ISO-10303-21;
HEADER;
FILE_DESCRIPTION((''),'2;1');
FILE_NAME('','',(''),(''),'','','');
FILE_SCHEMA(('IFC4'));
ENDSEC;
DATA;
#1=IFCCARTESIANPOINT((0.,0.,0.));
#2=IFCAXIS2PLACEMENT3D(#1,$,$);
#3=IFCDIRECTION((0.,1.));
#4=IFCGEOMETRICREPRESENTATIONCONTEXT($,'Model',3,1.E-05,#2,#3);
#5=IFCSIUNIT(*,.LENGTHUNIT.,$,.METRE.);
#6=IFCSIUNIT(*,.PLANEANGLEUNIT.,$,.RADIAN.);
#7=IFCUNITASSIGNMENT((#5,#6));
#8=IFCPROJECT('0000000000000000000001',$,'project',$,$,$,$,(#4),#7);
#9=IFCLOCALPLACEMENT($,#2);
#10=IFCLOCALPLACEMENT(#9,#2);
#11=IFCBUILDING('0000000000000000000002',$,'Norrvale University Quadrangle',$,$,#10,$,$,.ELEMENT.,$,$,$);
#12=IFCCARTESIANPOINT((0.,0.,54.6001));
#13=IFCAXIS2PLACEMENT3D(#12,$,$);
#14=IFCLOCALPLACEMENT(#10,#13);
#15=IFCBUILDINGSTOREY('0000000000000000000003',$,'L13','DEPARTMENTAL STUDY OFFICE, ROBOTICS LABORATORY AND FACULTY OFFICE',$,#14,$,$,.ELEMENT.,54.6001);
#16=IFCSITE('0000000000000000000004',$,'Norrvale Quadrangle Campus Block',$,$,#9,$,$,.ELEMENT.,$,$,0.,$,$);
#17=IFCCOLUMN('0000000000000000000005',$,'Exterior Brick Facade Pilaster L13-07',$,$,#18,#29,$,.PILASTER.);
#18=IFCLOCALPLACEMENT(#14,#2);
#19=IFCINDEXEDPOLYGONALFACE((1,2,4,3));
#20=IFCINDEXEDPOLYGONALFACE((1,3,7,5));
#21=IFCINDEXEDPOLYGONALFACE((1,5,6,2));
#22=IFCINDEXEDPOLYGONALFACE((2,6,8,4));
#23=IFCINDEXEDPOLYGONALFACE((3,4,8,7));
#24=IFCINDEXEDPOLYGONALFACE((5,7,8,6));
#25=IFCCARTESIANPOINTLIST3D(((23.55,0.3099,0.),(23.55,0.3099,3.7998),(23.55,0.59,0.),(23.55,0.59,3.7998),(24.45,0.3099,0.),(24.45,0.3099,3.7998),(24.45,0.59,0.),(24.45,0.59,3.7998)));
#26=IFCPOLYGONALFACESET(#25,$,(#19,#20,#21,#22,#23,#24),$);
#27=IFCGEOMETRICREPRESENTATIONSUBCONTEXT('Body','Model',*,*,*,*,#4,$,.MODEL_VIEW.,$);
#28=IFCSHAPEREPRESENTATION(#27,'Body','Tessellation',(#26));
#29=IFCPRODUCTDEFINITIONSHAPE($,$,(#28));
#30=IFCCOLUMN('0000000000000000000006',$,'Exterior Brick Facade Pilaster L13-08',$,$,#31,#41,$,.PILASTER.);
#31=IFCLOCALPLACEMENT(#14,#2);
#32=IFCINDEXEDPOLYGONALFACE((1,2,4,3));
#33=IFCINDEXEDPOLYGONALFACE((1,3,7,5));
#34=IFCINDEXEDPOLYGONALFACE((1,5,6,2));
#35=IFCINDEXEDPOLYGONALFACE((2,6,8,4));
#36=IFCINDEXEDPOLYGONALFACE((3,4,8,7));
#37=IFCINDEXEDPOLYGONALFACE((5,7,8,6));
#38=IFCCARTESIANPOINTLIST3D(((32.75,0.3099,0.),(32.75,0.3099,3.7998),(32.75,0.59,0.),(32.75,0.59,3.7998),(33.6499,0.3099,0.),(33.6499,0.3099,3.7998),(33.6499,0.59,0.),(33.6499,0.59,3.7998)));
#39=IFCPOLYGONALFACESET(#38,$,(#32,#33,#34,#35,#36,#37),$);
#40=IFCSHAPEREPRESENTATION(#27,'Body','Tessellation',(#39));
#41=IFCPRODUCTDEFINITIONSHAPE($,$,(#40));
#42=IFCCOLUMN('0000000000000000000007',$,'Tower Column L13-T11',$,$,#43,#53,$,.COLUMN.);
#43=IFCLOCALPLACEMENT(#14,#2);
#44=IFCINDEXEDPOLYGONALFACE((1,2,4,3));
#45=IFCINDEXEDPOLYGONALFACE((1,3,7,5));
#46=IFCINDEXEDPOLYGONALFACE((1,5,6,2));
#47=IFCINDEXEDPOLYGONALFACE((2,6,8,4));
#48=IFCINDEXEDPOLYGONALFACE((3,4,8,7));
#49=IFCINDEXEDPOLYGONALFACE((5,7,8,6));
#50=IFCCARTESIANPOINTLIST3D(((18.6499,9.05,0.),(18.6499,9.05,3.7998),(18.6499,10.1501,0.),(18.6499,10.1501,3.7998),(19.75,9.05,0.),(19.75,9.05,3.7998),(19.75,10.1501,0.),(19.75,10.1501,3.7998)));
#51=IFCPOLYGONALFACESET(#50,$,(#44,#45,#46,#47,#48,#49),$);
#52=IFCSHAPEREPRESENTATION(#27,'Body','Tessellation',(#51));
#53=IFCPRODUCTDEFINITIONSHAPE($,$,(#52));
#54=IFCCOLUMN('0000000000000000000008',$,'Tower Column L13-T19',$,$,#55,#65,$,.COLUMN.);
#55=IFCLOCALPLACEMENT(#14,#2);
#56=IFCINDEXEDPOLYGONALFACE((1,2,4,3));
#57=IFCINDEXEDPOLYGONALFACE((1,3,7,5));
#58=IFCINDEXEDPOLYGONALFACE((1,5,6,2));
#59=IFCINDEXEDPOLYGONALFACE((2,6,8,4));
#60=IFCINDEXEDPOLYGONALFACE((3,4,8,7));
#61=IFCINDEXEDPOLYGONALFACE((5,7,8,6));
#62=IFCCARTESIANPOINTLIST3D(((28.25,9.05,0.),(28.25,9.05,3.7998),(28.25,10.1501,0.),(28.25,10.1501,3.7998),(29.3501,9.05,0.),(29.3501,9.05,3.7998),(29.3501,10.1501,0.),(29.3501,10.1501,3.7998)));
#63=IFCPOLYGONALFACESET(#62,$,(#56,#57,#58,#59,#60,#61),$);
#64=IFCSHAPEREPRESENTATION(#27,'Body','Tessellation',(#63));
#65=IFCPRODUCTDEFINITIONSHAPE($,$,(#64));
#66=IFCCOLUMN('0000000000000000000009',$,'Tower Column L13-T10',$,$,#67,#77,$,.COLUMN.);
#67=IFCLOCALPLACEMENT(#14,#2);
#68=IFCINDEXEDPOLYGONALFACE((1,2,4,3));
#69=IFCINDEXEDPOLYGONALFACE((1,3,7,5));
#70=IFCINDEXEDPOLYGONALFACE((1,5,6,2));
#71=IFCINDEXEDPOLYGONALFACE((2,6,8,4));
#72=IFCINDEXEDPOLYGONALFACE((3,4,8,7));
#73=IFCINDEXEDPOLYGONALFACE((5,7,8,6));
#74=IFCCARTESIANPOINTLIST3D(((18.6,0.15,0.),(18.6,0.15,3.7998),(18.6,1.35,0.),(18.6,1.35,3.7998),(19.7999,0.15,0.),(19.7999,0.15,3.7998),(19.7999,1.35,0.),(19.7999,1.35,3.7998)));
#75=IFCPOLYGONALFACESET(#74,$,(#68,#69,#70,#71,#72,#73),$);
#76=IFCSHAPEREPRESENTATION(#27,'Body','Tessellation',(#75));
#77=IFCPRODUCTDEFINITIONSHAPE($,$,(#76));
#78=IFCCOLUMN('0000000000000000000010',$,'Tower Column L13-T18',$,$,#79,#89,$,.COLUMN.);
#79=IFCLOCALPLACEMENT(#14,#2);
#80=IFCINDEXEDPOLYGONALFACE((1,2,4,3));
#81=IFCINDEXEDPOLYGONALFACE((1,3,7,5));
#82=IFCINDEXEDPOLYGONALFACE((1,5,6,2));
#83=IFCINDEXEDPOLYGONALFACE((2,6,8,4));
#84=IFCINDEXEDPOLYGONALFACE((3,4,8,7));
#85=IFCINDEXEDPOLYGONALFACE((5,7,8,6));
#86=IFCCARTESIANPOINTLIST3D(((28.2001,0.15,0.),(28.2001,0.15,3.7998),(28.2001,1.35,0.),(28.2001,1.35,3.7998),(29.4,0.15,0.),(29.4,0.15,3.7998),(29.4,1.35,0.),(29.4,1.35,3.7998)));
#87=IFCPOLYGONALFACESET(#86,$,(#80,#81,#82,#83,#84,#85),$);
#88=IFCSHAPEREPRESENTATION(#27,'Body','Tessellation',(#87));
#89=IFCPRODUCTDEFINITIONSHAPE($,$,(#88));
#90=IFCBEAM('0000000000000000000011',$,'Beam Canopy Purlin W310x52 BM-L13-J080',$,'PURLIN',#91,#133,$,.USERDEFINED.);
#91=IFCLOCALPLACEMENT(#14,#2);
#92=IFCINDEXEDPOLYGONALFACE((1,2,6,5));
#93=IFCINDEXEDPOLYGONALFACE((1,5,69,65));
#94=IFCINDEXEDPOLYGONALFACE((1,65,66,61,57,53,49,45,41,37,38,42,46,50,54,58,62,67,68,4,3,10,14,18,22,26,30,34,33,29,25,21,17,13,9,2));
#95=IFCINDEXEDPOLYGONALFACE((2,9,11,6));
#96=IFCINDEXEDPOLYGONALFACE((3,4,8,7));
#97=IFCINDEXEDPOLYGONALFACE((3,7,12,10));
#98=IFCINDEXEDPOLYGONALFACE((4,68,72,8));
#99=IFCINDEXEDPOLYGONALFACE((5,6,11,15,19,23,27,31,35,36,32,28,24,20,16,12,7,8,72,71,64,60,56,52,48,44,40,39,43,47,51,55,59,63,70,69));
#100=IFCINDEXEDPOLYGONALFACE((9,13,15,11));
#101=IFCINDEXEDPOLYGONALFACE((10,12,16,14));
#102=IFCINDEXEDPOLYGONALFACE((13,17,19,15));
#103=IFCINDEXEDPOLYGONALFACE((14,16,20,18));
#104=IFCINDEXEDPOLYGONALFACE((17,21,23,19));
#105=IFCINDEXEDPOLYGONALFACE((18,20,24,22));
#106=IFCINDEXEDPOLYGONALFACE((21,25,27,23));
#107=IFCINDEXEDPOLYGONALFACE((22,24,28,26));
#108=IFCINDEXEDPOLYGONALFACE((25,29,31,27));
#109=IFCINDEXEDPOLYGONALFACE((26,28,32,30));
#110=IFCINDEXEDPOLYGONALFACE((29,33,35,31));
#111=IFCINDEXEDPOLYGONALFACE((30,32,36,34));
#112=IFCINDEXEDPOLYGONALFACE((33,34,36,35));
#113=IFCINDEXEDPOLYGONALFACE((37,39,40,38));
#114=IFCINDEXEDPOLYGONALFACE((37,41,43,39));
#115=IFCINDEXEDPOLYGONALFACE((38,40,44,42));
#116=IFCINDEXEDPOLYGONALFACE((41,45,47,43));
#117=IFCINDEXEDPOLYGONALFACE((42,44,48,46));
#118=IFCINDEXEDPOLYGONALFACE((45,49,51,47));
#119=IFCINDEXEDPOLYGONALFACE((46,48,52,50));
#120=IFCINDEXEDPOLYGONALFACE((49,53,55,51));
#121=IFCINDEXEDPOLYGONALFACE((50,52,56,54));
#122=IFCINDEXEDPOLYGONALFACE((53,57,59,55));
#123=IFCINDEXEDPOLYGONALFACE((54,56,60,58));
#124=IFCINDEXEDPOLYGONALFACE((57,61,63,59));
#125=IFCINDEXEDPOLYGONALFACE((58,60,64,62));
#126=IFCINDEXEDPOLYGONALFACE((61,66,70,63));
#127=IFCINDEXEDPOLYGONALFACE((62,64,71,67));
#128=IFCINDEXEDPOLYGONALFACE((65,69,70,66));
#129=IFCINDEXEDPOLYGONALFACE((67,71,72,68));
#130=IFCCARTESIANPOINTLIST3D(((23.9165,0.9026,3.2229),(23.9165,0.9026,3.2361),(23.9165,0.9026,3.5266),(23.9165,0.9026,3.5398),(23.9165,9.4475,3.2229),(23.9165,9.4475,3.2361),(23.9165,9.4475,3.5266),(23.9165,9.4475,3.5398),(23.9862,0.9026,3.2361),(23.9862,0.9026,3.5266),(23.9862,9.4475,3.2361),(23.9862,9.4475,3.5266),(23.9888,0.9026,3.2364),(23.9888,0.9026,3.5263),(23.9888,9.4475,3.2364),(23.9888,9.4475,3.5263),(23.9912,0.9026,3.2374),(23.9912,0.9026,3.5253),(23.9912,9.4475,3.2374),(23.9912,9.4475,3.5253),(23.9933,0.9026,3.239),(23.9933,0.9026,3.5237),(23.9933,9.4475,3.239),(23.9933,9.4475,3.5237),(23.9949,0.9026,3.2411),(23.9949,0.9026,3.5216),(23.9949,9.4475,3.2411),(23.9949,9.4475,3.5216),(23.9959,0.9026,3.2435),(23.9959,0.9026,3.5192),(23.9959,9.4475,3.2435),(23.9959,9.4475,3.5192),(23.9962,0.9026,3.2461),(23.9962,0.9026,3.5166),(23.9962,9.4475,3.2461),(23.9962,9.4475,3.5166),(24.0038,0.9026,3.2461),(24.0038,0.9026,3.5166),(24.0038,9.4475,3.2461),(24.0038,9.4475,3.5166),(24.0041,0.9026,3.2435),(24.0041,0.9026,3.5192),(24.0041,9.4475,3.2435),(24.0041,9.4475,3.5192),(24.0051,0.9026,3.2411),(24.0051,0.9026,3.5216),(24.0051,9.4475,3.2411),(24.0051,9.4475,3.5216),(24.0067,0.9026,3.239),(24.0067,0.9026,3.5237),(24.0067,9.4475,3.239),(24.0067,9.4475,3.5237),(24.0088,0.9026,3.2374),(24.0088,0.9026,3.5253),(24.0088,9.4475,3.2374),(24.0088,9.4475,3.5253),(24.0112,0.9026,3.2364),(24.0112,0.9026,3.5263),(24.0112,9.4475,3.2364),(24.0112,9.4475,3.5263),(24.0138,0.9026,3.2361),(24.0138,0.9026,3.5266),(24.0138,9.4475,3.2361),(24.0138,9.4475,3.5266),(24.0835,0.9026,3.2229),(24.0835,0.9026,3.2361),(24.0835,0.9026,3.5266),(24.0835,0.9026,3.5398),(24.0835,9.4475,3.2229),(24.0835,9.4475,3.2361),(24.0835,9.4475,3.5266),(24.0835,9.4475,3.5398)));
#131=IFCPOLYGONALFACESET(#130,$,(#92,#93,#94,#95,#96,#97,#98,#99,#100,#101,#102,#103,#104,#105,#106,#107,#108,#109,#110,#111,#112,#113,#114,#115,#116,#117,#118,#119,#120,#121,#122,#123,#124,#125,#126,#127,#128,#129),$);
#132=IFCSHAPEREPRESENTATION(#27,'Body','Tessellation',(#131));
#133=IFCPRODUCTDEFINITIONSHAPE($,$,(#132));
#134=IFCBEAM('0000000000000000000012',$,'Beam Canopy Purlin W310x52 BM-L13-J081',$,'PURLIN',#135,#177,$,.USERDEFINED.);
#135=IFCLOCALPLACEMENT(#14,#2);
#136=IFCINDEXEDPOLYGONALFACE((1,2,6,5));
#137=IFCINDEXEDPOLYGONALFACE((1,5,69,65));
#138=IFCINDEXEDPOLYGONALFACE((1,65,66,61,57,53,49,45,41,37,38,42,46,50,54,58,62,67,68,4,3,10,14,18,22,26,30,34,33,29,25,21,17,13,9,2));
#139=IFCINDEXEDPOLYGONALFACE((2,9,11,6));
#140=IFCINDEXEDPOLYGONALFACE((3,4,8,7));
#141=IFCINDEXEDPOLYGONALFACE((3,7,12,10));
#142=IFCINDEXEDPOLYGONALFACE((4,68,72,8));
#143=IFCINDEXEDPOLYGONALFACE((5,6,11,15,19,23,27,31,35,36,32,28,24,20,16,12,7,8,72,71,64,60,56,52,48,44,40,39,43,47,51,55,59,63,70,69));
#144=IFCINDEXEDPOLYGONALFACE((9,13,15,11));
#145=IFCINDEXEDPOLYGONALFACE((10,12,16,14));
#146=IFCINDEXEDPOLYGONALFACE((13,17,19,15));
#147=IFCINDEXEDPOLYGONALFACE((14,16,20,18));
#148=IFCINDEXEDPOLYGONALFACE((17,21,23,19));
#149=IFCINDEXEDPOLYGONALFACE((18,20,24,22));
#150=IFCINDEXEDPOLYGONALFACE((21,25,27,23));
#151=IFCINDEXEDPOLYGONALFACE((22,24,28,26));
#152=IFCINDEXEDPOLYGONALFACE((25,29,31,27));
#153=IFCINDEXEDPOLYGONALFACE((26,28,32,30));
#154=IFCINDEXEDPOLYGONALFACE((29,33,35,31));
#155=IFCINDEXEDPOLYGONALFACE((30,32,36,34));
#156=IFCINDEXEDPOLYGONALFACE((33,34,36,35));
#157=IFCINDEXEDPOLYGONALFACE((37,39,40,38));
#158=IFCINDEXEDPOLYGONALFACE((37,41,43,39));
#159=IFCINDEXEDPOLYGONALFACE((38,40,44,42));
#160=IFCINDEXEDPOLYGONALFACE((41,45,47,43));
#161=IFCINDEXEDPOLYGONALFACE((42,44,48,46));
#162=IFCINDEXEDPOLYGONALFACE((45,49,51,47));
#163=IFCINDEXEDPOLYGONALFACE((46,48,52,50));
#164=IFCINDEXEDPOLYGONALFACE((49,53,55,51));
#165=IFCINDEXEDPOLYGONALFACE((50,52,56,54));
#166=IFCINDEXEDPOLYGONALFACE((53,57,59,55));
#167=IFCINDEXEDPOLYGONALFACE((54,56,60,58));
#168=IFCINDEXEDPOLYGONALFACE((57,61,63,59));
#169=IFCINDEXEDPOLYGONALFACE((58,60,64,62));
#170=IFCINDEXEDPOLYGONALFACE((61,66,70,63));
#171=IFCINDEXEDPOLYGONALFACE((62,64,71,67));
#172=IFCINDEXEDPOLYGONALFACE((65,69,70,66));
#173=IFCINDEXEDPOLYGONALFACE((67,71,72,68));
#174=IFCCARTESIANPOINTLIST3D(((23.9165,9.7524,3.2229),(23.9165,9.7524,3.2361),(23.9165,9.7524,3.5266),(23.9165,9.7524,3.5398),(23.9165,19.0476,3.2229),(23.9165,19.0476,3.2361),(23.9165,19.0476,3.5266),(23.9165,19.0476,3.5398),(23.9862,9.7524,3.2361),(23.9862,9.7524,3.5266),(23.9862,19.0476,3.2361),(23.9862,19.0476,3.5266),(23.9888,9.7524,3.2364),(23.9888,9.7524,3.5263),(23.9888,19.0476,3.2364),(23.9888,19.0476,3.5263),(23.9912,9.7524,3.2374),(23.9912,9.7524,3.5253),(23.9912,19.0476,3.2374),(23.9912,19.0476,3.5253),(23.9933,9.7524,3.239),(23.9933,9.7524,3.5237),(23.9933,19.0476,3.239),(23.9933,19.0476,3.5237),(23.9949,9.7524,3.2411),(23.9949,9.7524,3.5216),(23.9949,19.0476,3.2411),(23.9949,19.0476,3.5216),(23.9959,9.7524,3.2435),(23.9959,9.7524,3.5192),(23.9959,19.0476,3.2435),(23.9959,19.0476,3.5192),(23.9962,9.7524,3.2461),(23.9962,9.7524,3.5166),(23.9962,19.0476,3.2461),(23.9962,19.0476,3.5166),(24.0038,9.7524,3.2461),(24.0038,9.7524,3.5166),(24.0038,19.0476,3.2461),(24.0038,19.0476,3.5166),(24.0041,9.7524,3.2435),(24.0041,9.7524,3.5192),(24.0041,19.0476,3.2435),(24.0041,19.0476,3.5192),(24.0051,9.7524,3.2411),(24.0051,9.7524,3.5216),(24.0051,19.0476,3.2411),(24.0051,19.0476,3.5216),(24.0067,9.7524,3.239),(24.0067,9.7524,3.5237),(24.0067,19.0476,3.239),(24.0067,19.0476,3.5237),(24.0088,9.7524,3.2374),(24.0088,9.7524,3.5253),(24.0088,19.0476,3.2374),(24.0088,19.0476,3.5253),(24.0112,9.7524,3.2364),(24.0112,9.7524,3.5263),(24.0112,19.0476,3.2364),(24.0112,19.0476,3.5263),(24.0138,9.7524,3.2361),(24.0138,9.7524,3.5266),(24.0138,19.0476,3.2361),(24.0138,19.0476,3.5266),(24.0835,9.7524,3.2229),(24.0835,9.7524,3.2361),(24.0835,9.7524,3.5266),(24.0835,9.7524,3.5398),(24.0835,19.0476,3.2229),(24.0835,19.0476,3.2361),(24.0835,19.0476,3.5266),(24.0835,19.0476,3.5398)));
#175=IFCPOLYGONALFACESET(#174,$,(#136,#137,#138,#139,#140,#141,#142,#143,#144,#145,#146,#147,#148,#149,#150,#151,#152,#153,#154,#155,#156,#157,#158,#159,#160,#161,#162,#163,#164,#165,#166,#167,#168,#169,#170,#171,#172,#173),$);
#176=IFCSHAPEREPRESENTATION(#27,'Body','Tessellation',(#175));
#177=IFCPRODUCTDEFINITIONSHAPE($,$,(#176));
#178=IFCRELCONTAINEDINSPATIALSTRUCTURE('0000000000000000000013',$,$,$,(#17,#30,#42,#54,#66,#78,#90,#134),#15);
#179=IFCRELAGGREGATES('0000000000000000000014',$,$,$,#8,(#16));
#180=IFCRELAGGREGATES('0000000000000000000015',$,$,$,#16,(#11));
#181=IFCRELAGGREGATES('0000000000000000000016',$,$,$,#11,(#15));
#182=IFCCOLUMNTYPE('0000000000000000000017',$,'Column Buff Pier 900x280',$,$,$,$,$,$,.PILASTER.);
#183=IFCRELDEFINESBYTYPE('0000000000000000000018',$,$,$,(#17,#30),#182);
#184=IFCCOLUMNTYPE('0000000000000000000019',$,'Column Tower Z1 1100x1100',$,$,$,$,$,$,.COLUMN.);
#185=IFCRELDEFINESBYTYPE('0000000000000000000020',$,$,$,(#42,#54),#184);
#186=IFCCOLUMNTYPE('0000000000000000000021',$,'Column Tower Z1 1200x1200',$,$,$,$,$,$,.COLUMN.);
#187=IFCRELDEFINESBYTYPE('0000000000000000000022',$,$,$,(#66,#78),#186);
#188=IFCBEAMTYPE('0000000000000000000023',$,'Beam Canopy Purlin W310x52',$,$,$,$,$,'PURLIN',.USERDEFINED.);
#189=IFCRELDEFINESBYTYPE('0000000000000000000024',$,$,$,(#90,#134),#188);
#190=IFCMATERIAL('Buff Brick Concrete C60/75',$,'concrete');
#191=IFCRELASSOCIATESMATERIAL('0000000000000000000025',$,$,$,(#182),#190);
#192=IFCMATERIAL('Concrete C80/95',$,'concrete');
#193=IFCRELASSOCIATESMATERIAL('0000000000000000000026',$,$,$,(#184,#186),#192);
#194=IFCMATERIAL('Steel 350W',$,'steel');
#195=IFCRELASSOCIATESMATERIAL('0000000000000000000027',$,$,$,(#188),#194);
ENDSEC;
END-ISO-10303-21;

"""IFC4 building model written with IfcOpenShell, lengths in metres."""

from ifc_helpers import new_model, si_unit, direction, frame, origin, origin_2d, place, context, subcontext, project, spatial, rectangle, i_section, extrude, material, material_profile, profile_set, type_object, element, save


model = new_model("IFC4")

# Units and contexts
model_context = context("Model", 3, precision=1e-05, world=origin(), true_north=direction((0.0, 1.0)))
body_context = subcontext(model_context, "Body", "Model", "MODEL_VIEW")
ifc_project = project(units=[si_unit("LENGTHUNIT", "METRE"), si_unit("PLANEANGLEUNIT", "RADIAN")], contexts=[model_context])

# Site, building, storey
site_placement = place(None, origin())
site = spatial("IfcSite", under=ifc_project, at=site_placement, Name="Norrvale Quadrangle Campus Block", CompositionType="ELEMENT", RefElevation=0.0)
building_placement = place(site_placement, origin())
building = spatial("IfcBuilding", under=site, at=building_placement, Name="Norrvale University Quadrangle", CompositionType="ELEMENT")
storey_placement = place(building_placement, frame((0.0, 0.0, 54.6001)))
storey = spatial("IfcBuildingStorey", under=building, at=storey_placement, Name="L13", Description="DEPARTMENTAL STUDY OFFICE, ROBOTICS LABORATORY AND FACULTY OFFICE", CompositionType="ELEMENT", Elevation=54.6001)

# Columns
ifc_material_1 = material(Name="Buff Brick Concrete C60/75", Category="concrete")
ifc_material_profile_1 = material_profile(ifc_material_1, rectangle(XDim=0.8999, YDim=0.28, at=origin_2d()), Name="Buff Brick Concrete C60/75")
ifc_profile_set_1 = profile_set([ifc_material_profile_1], Name="Buff Brick Concrete C60/75")
column_type_1 = type_object("IfcColumnType", Name="Column Buff Pier 900x280", PredefinedType="PILASTER", material=ifc_profile_set_1)
for number, where, z_axis, x_axis, name in (
    (1, (24.0, 0.45, 0.0), (0.0, 0.0, 1.0), (1.0, 0.0, 0.0), "Exterior Brick Facade Pilaster L13-07"),
    (2, (33.2, 0.45, 0.0), (0.0, 0.0, 1.0), (1.0, 0.0, 0.0), "Exterior Brick Facade Pilaster L13-08"),
):
    element("IfcColumn", number, at=place(storey_placement, frame(where, z_axis=z_axis, x_axis=x_axis)), inside=storey, type_object=column_type_1, Name=name, PredefinedType="PILASTER", context=body_context, shape_type="SweptSolid", body=[
        extrude(rectangle(XDim=0.8999, YDim=0.28, at=origin_2d()), origin(), (0.0, 0.0, 1.0), 3.7998),
    ])
ifc_material_2 = material(Name="Concrete C80/95", Category="concrete")
ifc_material_profile_2 = material_profile(ifc_material_2, rectangle(XDim=1.1001, YDim=1.1001, at=origin_2d()), Name="Concrete C80/95")
ifc_profile_set_2 = profile_set([ifc_material_profile_2], Name="Concrete C80/95")
column_type_2 = type_object("IfcColumnType", Name="Column Tower Z1 1100x1100", PredefinedType="COLUMN", material=ifc_profile_set_2)
for number, where, z_axis, x_axis, name in (
    (3, (19.2, 9.6001, 0.0), (0.0, 0.0, 1.0), (1.0, 0.0, 0.0), "Tower Column L13-T11"),
    (4, (28.8, 9.6001, 0.0), (0.0, 0.0, 1.0), (1.0, 0.0, 0.0), "Tower Column L13-T19"),
):
    element("IfcColumn", number, at=place(storey_placement, frame(where, z_axis=z_axis, x_axis=x_axis)), inside=storey, type_object=column_type_2, Name=name, PredefinedType="COLUMN", context=body_context, shape_type="SweptSolid", body=[
        extrude(rectangle(XDim=1.1001, YDim=1.1001, at=origin_2d()), origin(), (0.0, 0.0, 1.0), 3.7998),
    ])
ifc_material_profile_3 = material_profile(ifc_material_2, rectangle(XDim=1.2, YDim=1.2, at=origin_2d()), Name="Concrete C80/95")
ifc_profile_set_3 = profile_set([ifc_material_profile_3], Name="Concrete C80/95")
column_type_3 = type_object("IfcColumnType", Name="Column Tower Z1 1200x1200", PredefinedType="COLUMN", material=ifc_profile_set_3)
for number, where, z_axis, x_axis, name in (
    (5, (19.2, 0.75, 0.0), (0.0, 0.0, 1.0), (1.0, 0.0, 0.0), "Tower Column L13-T10"),
    (6, (28.8, 0.75, 0.0), (0.0, 0.0, 1.0), (1.0, 0.0, 0.0), "Tower Column L13-T18"),
):
    element("IfcColumn", number, at=place(storey_placement, frame(where, z_axis=z_axis, x_axis=x_axis)), inside=storey, type_object=column_type_3, Name=name, PredefinedType="COLUMN", context=body_context, shape_type="SweptSolid", body=[
        extrude(rectangle(XDim=1.2, YDim=1.2, at=origin_2d()), origin(), (0.0, 0.0, 1.0), 3.7998),
    ])

# Beams
ifc_material_3 = material(Name="Steel 350W", Category="steel")
ifc_material_profile_4 = material_profile(ifc_material_3, i_section(OverallWidth=0.167, OverallDepth=0.3169, WebThickness=0.0076, FlangeThickness=0.0132, FilletRadius=0.01, at=origin_2d()), Name="Steel 350W")
ifc_profile_set_4 = profile_set([ifc_material_profile_4], Name="Steel 350W")
beam_type_1 = type_object("IfcBeamType", Name="Beam Canopy Purlin W310x52", ElementType="PURLIN", PredefinedType="USERDEFINED", material=ifc_profile_set_4)
beam_1_placement = place(storey_placement, frame((24.0, 0.9026, 3.3813), z_axis=(0.0, 1.0, 0.0), x_axis=(-1.0, 0.0, 0.0)))
element("IfcBeam", 7, at=beam_1_placement, inside=storey, type_object=beam_type_1, Name="Beam Canopy Purlin W310x52 BM-L13-J080", ObjectType="PURLIN", PredefinedType="USERDEFINED", context=body_context, shape_type="SweptSolid", body=[
    extrude(i_section(OverallWidth=0.167, OverallDepth=0.3169, WebThickness=0.0076, FlangeThickness=0.0132, FilletRadius=0.01, at=origin_2d()), origin(), (0.0, 0.0, 1.0), 8.5449),
])
beam_2_placement = place(storey_placement, frame((24.0, 9.7524, 3.3813), z_axis=(0.0, 1.0, 0.0), x_axis=(-1.0, 0.0, 0.0)))
element("IfcBeam", 8, at=beam_2_placement, inside=storey, type_object=beam_type_1, Name="Beam Canopy Purlin W310x52 BM-L13-J081", ObjectType="PURLIN", PredefinedType="USERDEFINED", context=body_context, shape_type="SweptSolid", body=[
    extrude(i_section(OverallWidth=0.167, OverallDepth=0.3169, WebThickness=0.0076, FlangeThickness=0.0132, FilletRadius=0.01, at=origin_2d()), origin(), (0.0, 0.0, 1.0), 9.2952),
])

save(model, "model.ifc")
